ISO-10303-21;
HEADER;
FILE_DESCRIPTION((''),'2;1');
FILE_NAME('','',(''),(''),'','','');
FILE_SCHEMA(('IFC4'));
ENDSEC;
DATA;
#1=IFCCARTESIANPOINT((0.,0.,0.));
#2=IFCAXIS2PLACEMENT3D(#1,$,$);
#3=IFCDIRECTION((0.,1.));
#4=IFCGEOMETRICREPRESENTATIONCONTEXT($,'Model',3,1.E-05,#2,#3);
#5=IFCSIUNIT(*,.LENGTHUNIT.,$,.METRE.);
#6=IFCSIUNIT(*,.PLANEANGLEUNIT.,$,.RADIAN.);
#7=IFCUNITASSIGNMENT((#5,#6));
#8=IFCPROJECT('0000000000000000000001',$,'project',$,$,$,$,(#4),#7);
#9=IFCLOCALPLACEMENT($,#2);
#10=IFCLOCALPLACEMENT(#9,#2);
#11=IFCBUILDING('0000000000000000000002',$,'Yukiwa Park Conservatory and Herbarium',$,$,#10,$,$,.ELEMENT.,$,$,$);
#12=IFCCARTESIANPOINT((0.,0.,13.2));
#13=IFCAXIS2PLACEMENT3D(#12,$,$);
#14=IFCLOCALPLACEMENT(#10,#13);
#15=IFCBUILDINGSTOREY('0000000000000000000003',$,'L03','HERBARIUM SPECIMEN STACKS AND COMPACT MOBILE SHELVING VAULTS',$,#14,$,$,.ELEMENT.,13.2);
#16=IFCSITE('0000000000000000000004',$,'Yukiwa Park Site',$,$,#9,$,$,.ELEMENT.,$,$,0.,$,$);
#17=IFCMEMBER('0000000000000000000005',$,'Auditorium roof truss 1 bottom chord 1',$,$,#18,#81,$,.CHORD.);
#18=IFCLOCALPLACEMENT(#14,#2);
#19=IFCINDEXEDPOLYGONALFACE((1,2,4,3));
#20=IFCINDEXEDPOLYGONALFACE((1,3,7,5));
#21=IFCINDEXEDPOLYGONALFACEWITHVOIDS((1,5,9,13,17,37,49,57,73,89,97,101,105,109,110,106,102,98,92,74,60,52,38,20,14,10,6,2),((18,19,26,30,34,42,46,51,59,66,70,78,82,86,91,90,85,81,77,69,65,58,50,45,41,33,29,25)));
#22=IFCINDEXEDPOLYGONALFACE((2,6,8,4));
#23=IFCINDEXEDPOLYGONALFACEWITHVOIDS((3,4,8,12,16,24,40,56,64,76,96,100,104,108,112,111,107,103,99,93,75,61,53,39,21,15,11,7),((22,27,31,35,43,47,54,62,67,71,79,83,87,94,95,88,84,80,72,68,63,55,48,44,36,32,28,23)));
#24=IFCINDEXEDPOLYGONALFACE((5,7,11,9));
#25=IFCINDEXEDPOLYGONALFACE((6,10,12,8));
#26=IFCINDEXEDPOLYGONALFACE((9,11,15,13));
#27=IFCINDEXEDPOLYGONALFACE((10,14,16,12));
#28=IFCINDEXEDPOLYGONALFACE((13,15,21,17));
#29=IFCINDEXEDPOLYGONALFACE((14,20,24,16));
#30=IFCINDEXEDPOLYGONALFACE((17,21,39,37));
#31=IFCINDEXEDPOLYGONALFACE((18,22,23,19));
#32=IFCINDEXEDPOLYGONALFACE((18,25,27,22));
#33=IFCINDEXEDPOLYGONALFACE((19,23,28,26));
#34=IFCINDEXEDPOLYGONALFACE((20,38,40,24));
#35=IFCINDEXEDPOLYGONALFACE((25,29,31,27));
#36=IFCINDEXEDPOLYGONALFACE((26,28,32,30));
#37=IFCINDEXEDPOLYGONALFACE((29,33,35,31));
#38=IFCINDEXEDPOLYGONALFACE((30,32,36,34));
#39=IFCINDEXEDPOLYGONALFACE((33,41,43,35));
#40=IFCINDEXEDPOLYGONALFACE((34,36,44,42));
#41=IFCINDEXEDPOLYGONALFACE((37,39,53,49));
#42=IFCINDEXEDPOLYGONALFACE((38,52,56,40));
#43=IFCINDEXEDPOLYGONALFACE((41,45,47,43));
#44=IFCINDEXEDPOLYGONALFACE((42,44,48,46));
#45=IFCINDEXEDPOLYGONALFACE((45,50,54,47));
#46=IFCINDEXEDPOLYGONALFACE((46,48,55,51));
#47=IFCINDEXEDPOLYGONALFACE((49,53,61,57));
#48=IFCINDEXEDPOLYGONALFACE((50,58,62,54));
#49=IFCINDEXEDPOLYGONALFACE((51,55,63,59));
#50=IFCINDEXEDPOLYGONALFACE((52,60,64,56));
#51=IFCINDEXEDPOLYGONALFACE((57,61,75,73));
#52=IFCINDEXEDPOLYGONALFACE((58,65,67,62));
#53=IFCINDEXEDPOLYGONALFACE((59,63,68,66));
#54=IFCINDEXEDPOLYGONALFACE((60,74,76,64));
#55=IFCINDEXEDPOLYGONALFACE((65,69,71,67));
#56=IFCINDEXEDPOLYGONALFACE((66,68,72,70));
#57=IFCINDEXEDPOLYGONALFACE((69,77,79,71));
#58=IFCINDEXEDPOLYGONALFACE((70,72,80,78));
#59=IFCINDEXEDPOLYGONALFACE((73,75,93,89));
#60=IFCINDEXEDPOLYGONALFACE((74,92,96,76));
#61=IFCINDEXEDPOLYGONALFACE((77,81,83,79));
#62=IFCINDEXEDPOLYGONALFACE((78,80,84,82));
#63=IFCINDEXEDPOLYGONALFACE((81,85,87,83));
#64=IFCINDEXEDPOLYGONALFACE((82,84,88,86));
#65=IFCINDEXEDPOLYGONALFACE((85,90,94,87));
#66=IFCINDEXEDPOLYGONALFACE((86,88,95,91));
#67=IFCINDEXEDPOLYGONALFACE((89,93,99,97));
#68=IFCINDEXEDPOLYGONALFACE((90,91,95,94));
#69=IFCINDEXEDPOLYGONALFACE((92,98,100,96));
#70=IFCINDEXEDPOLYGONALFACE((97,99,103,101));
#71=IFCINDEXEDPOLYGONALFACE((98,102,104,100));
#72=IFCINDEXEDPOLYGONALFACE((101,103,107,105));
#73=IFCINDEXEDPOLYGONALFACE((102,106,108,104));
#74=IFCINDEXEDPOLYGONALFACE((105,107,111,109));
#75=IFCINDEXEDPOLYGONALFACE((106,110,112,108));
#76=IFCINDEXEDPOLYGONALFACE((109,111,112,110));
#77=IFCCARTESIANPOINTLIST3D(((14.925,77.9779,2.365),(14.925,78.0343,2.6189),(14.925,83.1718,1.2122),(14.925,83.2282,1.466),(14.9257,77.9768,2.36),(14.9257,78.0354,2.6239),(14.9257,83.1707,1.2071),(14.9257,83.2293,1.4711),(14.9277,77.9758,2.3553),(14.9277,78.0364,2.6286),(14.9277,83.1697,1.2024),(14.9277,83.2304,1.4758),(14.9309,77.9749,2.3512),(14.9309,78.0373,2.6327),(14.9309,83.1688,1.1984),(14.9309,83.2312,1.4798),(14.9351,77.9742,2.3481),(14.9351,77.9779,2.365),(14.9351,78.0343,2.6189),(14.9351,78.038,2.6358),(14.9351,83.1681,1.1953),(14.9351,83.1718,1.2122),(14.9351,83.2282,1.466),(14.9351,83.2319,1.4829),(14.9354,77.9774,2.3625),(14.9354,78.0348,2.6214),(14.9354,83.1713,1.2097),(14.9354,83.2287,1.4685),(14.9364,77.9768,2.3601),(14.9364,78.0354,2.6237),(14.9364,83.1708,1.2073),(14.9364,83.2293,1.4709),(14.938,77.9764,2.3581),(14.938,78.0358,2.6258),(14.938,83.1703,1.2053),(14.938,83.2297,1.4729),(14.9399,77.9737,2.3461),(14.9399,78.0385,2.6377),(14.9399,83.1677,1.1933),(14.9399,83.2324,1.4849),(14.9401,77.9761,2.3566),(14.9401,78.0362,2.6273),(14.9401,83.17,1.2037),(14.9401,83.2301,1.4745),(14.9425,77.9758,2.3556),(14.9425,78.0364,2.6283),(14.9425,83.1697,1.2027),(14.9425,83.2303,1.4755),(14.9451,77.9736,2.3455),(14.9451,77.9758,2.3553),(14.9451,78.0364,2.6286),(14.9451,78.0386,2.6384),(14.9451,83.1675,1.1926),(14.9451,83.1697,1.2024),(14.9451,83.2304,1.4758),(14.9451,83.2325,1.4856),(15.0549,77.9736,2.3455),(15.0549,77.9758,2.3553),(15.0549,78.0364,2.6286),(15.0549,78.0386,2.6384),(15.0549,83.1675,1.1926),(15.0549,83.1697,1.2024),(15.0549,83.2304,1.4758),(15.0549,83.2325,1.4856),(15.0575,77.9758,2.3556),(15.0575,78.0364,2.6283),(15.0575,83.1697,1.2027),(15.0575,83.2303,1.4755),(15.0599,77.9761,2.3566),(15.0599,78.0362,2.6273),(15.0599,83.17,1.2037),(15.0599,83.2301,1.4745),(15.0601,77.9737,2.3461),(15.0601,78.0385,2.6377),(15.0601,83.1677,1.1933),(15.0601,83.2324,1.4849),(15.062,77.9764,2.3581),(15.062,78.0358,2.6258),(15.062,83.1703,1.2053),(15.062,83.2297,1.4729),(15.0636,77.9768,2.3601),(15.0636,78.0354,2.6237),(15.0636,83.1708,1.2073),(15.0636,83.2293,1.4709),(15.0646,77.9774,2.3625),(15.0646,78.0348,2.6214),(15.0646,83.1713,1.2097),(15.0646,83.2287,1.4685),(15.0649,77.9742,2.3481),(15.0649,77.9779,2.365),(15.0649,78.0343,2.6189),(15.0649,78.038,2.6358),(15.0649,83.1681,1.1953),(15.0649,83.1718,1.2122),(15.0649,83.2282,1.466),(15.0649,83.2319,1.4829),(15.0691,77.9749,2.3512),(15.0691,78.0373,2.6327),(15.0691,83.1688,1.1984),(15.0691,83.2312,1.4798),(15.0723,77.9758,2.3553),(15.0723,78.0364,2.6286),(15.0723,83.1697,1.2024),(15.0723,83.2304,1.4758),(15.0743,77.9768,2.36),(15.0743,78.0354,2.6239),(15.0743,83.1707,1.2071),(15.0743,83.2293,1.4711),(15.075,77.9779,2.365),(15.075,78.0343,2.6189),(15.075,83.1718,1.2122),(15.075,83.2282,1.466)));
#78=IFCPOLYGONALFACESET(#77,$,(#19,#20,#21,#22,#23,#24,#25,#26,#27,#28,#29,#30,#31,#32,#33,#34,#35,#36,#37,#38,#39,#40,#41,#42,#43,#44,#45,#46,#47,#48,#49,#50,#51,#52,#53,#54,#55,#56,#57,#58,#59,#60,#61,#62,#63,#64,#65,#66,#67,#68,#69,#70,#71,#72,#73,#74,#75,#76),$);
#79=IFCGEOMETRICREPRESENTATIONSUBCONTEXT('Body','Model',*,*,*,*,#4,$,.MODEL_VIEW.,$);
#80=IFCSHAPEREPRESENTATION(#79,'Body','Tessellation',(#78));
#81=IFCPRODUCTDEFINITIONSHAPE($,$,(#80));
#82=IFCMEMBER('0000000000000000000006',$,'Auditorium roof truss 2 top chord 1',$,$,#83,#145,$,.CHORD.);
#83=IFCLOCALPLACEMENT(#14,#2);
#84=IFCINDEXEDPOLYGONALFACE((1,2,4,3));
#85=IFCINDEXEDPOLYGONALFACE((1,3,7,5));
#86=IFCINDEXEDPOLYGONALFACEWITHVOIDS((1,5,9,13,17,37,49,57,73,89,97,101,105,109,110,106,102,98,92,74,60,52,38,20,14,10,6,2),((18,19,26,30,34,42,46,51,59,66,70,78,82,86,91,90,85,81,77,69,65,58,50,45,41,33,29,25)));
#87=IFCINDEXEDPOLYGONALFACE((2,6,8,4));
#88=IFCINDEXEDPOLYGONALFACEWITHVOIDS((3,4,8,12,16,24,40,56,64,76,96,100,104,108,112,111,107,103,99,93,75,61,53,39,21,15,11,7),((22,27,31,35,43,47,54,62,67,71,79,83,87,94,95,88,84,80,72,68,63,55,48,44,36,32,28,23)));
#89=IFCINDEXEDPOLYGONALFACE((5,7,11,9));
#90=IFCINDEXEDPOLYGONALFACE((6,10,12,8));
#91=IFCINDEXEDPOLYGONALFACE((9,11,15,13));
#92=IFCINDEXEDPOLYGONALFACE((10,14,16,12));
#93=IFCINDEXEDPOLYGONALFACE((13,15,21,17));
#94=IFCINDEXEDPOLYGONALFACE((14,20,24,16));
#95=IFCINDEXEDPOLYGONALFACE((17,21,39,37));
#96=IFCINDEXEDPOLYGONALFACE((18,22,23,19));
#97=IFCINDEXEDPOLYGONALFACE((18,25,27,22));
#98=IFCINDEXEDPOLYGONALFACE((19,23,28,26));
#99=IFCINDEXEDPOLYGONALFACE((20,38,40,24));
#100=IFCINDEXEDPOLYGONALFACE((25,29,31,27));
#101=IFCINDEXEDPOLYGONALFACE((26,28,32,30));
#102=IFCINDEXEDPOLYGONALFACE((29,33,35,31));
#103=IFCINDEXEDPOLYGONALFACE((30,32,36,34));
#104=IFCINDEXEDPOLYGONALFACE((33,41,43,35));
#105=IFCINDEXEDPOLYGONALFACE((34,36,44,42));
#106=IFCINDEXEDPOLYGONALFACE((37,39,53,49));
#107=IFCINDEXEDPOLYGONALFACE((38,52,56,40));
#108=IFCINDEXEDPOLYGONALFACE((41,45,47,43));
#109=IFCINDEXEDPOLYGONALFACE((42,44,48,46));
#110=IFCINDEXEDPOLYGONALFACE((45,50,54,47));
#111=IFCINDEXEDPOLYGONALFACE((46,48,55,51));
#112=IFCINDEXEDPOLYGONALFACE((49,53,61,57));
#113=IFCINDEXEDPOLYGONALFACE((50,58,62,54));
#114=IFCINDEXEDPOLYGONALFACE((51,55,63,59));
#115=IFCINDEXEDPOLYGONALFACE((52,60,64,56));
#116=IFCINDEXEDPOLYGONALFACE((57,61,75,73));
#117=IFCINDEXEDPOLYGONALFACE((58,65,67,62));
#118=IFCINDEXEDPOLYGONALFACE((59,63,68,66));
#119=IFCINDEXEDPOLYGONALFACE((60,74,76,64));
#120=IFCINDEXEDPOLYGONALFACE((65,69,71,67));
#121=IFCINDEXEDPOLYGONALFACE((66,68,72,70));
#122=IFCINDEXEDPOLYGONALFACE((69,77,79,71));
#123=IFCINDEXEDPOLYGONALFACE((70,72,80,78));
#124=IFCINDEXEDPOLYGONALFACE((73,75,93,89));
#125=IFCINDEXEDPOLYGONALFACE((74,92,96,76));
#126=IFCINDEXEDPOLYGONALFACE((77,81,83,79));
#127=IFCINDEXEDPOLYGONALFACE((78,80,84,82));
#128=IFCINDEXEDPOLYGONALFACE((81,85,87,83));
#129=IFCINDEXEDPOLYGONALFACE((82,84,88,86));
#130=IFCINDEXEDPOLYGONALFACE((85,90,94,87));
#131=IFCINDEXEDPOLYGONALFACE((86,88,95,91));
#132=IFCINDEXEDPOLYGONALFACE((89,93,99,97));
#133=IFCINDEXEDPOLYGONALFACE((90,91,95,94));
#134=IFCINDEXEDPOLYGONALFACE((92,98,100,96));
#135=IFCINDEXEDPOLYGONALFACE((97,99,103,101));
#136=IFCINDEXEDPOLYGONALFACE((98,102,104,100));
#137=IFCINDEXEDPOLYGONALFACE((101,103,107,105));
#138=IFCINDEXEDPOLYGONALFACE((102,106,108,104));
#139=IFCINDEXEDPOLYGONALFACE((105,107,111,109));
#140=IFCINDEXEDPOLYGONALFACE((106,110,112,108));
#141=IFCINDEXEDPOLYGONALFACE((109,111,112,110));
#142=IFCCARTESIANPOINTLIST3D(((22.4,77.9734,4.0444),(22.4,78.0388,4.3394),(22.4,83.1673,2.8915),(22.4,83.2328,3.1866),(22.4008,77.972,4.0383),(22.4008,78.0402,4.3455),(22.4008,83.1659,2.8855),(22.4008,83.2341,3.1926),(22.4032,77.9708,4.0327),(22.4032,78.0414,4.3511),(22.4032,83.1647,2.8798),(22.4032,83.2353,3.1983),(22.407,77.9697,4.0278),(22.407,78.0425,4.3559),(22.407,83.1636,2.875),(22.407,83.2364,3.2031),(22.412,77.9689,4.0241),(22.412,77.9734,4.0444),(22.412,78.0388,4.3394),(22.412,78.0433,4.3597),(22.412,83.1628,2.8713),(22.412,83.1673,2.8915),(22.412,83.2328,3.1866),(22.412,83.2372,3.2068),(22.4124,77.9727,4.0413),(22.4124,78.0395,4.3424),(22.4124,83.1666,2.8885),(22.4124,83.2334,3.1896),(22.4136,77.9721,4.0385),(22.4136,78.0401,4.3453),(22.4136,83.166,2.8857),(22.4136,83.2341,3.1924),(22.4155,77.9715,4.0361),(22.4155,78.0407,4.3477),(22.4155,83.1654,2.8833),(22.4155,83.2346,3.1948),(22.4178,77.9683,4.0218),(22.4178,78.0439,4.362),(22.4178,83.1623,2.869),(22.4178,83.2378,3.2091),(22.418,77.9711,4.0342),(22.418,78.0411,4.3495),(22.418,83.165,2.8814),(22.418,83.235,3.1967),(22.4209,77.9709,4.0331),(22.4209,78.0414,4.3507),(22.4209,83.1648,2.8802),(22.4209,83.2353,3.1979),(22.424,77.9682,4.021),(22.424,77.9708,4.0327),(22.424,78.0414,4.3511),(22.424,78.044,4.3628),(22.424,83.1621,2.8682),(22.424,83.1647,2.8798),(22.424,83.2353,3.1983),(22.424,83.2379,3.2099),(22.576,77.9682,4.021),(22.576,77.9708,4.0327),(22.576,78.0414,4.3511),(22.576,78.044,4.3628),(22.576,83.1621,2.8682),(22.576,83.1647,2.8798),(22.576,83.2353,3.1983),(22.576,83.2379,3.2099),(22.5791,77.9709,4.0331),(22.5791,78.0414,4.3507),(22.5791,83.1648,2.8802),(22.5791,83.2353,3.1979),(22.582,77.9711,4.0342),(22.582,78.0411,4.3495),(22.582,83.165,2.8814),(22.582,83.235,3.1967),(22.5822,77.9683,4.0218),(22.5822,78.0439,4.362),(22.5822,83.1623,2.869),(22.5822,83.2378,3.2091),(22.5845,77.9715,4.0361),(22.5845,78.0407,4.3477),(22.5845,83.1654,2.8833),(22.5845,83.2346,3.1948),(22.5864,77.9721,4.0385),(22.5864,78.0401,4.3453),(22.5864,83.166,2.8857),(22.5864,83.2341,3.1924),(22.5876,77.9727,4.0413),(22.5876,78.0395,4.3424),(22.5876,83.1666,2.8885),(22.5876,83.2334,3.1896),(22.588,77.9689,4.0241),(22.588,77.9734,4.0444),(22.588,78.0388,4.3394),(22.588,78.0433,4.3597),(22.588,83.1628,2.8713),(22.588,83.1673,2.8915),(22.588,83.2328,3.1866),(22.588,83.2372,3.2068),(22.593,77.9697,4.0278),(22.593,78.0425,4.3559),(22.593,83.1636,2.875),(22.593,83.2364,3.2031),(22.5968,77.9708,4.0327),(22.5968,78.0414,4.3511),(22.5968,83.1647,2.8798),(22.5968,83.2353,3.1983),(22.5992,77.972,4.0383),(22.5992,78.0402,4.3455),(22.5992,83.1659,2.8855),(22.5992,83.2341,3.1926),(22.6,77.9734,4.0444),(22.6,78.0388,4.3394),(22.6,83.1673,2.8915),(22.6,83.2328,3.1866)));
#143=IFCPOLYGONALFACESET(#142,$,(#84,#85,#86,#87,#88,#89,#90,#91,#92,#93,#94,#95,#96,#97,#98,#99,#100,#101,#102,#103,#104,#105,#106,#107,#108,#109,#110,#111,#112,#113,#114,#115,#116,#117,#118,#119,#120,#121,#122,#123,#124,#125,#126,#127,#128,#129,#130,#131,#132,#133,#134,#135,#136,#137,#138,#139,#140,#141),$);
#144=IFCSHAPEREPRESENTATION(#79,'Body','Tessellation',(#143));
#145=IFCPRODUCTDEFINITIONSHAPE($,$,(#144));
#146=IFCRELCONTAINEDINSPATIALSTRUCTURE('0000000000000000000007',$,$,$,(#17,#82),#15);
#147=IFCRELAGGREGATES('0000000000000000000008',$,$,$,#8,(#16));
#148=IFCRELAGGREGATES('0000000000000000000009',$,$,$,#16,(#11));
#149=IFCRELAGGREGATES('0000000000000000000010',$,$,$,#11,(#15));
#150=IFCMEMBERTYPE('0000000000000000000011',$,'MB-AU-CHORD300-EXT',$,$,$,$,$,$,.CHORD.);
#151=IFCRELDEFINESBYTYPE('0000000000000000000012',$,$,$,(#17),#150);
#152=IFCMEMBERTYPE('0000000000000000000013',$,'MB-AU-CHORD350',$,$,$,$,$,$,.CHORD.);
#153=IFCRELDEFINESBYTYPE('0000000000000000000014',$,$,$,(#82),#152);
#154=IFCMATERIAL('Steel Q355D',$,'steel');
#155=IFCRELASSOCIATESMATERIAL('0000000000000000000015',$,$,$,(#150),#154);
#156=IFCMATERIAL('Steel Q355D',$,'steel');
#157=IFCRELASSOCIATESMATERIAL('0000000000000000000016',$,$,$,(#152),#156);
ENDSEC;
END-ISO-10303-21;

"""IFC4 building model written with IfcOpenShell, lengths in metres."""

from ifc_helpers import new_model, si_unit, direction, frame, origin, origin_2d, place, context, subcontext, project, spatial, hollow_rectangle, extrude, material, material_profile, profile_set, type_object, element, save


model = new_model("IFC4")

# Units and contexts
model_context = context("Model", 3, precision=1e-05, world=origin(), true_north=direction((0.0, 1.0)))
body_context = subcontext(model_context, "Body", "Model", "MODEL_VIEW")
ifc_project = project(units=[si_unit("LENGTHUNIT", "METRE"), si_unit("PLANEANGLEUNIT", "RADIAN")], contexts=[model_context])

# Site, building, storey
site_placement = place(None, origin())
site = spatial("IfcSite", under=ifc_project, at=site_placement, Name="Yukiwa Park Site", CompositionType="ELEMENT", RefElevation=0.0)
building_placement = place(site_placement, origin())
building = spatial("IfcBuilding", under=site, at=building_placement, Name="Yukiwa Park Conservatory and Herbarium", CompositionType="ELEMENT")
storey_placement = place(building_placement, frame((0.0, 0.0, 13.2)))
storey = spatial("IfcBuildingStorey", under=building, at=storey_placement, Name="L03", Description="HERBARIUM SPECIMEN STACKS AND COMPACT MOBILE SHELVING VAULTS", CompositionType="ELEMENT", Elevation=13.2)

# Members
ifc_material_1 = material(Name="Steel Q355D", Category="steel")
ifc_material_profile_1 = material_profile(ifc_material_1, hollow_rectangle(XDim=0.1499, YDim=0.3, WallThickness=0.01, InnerFilletRadius=0.01, OuterFilletRadius=0.02, at=origin_2d()), Name="RHS 300x150x10")
ifc_profile_set_1 = profile_set([ifc_material_profile_1], Name="Steel Q355D")
member_type_1 = type_object("IfcMemberType", Name="MB-AU-CHORD300-EXT", PredefinedType="CHORD", material=ifc_profile_set_1)
member_1_placement = place(storey_placement, frame((15.0, 78.0061, 2.4919), z_axis=(0.0, 0.976241, -0.216688), x_axis=(-1.0, 0.0, 0.0)))
element("IfcMember", 1, at=member_1_placement, inside=storey, type_object=member_type_1, Name="Auditorium roof truss 1 bottom chord 1", PredefinedType="CHORD", context=body_context, shape_type="SweptSolid", body=[
    extrude(hollow_rectangle(XDim=0.1499, YDim=0.3, WallThickness=0.01, InnerFilletRadius=0.01, OuterFilletRadius=0.02, at=origin_2d()), origin(), (0.0, 0.0, 1.0), 5.3203),
])
ifc_material_2 = material(Name="Steel Q355D", Category="steel")
ifc_material_profile_2 = material_profile(ifc_material_2, hollow_rectangle(XDim=0.2, YDim=0.3501, WallThickness=0.012, InnerFilletRadius=0.012, OuterFilletRadius=0.0239, at=origin_2d()), Name="RHS 350x200x12")
ifc_profile_set_2 = profile_set([ifc_material_profile_2], Name="Steel Q355D")
member_type_2 = type_object("IfcMemberType", Name="MB-AU-CHORD350", PredefinedType="CHORD", material=ifc_profile_set_2)
for number, where, z_axis, x_axis, name in (
    (2, (22.5, 78.0061, 4.1919), (0.0, 0.976241, -0.216688), (-1.0, 0.0, 0.0), "Auditorium roof truss 2 top chord 1"),
):
    element("IfcMember", number, at=place(storey_placement, frame(where, z_axis=z_axis, x_axis=x_axis)), inside=storey, type_object=member_type_2, Name=name, PredefinedType="CHORD", context=body_context, shape_type="SweptSolid", body=[
        extrude(hollow_rectangle(XDim=0.2, YDim=0.3501, WallThickness=0.012, InnerFilletRadius=0.012, OuterFilletRadius=0.0239, at=origin_2d()), origin(), (0.0, 0.0, 1.0), 5.3203),
    ])

save(model, "model.ifc")
